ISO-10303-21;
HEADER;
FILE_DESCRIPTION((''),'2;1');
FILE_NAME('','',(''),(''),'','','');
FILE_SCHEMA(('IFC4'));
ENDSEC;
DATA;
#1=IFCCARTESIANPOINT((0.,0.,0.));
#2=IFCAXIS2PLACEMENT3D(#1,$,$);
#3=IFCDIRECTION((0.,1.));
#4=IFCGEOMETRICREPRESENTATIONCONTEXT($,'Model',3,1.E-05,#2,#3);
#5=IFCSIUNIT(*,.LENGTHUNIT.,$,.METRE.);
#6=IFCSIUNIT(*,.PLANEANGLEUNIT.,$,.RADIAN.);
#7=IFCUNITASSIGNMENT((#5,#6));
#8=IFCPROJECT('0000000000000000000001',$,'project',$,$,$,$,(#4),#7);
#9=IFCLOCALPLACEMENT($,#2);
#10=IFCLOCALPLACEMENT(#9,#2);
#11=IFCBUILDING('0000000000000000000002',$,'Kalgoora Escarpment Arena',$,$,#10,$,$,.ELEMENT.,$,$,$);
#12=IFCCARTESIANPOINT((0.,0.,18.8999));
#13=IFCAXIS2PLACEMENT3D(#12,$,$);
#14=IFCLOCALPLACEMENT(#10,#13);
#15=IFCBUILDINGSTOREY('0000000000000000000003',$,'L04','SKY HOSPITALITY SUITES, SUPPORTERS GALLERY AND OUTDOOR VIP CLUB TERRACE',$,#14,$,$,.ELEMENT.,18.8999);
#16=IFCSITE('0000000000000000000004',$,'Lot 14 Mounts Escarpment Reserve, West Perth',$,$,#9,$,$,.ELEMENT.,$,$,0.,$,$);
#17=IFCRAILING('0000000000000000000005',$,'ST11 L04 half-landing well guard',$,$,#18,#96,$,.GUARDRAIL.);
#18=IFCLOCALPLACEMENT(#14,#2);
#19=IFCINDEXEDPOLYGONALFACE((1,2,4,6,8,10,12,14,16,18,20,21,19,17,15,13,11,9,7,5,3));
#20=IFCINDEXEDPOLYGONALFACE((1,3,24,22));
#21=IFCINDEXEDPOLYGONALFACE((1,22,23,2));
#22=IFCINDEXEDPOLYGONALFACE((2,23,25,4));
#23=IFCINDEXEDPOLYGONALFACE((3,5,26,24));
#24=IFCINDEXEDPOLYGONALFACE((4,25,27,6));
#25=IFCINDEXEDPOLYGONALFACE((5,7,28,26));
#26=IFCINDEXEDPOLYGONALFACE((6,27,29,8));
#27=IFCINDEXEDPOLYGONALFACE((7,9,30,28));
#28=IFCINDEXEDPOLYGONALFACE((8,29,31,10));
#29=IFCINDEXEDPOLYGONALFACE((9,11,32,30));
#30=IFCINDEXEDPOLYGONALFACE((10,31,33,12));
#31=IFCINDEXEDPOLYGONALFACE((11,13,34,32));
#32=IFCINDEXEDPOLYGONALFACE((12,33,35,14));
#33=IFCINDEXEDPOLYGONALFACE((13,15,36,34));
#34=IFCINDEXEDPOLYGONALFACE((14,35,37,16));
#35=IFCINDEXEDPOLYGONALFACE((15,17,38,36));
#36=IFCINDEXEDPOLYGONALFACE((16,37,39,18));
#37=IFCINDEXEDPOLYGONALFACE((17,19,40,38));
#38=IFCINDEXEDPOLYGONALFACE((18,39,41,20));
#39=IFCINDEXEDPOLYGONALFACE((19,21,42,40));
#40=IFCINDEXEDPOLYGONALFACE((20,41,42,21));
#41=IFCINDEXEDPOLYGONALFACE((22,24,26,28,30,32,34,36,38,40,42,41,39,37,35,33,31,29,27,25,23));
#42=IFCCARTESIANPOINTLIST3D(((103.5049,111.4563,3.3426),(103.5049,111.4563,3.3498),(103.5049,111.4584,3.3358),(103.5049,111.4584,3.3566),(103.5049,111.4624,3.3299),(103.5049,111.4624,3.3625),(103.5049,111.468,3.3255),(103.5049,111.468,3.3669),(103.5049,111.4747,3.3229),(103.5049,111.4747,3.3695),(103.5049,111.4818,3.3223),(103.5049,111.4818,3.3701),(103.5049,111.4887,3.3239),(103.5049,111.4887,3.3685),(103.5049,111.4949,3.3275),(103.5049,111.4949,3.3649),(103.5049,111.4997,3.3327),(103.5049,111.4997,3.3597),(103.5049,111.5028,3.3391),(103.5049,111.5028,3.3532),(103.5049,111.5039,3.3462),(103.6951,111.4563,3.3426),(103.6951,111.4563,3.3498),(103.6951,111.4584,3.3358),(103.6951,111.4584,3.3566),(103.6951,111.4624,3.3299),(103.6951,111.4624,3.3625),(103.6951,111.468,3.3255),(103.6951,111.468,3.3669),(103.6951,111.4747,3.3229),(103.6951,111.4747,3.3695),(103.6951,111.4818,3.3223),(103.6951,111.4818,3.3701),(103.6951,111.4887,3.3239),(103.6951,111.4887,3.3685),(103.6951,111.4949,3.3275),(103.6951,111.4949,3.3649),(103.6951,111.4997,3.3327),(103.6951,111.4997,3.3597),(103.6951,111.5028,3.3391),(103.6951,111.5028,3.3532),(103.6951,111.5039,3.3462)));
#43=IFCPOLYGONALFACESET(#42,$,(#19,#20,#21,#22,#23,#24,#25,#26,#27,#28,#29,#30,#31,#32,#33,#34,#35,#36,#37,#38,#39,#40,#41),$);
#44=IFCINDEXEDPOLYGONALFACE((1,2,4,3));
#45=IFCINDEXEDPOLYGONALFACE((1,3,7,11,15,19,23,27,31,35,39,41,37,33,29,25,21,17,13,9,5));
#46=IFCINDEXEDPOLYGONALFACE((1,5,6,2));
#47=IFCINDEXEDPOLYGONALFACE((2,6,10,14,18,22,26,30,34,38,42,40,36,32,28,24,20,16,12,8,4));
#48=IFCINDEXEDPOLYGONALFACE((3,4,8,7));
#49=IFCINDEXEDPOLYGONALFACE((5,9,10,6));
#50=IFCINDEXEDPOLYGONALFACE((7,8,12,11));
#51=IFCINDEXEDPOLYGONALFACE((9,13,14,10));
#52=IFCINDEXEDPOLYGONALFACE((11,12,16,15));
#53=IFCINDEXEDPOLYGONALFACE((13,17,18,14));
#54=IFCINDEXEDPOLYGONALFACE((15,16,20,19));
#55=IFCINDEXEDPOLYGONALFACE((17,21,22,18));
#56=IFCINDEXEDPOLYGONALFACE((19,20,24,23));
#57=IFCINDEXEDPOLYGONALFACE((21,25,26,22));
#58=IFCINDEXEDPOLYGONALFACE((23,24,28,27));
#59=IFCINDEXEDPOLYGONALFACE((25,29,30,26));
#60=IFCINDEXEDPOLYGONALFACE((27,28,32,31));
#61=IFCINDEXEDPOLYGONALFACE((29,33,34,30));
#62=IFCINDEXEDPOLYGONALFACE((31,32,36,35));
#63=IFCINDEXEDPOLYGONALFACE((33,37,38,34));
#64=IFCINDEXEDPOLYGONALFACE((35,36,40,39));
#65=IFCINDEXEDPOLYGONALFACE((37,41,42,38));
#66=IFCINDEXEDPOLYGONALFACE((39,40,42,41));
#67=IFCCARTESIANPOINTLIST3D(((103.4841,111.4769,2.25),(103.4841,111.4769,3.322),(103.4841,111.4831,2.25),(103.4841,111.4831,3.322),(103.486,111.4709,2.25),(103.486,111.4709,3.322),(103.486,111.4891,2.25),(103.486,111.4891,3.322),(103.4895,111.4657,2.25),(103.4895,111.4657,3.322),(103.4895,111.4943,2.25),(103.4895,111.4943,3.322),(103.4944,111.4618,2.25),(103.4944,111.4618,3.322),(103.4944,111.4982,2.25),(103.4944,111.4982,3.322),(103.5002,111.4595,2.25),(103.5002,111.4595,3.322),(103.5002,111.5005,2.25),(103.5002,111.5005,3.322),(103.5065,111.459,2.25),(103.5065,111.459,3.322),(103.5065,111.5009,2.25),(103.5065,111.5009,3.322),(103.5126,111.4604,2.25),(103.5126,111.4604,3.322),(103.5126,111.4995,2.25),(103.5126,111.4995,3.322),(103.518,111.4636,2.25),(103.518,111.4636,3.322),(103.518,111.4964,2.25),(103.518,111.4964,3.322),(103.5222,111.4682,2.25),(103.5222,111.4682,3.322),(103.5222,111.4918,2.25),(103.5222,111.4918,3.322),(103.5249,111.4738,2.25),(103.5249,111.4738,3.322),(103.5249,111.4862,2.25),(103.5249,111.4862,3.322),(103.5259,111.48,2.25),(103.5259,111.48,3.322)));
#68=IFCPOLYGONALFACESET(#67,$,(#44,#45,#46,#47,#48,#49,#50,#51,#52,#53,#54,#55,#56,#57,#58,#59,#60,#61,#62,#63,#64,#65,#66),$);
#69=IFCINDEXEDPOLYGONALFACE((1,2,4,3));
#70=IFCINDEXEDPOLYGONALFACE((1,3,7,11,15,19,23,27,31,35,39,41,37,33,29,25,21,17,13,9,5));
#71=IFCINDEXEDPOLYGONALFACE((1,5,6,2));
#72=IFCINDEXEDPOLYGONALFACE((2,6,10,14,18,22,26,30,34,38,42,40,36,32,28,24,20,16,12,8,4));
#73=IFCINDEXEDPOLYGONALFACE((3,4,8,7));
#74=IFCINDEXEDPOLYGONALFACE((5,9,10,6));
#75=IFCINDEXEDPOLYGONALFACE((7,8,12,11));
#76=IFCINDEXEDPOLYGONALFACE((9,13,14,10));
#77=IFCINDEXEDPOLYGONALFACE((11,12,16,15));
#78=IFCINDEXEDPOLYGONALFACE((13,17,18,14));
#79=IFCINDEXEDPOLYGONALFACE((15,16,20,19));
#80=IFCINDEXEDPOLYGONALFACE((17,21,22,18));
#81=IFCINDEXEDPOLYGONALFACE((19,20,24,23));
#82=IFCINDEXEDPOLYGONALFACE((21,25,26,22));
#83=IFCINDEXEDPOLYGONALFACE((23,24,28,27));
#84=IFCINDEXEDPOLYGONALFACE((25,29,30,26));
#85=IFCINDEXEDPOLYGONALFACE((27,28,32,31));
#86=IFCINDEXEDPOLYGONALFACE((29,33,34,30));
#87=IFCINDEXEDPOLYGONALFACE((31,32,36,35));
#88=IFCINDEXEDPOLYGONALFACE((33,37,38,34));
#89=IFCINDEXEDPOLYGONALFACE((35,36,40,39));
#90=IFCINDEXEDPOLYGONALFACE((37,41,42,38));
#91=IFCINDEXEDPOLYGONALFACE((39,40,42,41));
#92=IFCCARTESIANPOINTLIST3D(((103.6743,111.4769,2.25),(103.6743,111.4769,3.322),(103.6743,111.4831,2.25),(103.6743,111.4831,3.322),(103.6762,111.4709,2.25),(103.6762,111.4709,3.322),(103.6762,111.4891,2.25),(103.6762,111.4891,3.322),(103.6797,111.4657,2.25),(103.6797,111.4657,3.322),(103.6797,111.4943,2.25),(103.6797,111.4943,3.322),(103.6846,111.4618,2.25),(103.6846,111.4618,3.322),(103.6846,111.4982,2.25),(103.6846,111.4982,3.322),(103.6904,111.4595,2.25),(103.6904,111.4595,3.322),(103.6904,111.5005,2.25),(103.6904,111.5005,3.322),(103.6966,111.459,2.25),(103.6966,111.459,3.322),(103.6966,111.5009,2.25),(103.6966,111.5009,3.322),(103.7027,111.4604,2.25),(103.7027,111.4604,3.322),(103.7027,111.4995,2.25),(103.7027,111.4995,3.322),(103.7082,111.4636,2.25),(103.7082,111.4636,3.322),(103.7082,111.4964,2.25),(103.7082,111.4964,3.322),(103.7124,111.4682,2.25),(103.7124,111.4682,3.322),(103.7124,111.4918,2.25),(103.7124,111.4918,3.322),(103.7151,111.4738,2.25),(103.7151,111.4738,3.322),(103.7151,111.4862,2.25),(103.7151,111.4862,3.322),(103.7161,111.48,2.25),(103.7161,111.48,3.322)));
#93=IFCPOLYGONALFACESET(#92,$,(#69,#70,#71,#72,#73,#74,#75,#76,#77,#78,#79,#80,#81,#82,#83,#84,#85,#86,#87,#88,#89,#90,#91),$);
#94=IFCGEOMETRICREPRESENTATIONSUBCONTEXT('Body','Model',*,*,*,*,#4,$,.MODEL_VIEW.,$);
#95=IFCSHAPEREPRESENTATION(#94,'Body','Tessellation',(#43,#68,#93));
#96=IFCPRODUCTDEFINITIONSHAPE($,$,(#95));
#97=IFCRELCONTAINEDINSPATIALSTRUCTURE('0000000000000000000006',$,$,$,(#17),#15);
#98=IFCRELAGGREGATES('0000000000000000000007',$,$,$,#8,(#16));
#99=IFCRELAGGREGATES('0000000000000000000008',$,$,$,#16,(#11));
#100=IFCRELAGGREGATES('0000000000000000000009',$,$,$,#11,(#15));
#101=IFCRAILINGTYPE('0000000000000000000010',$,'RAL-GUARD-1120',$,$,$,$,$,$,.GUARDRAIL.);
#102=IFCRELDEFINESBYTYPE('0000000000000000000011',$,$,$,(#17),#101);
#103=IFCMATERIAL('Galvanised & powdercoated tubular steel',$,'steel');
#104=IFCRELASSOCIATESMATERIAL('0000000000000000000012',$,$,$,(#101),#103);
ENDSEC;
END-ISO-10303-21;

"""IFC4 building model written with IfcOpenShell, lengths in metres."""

from ifc_helpers import new_model, si_unit, direction, frame, origin, origin_2d, place, context, subcontext, project, spatial, circle, extrude, material, type_object, element, save


model = new_model("IFC4")

# Units and contexts
model_context = context("Model", 3, precision=1e-05, world=origin(), true_north=direction((0.0, 1.0)))
body_context = subcontext(model_context, "Body", "Model", "MODEL_VIEW")
ifc_project = project(units=[si_unit("LENGTHUNIT", "METRE"), si_unit("PLANEANGLEUNIT", "RADIAN")], contexts=[model_context])

# Site, building, storey
site_placement = place(None, origin())
site = spatial("IfcSite", under=ifc_project, at=site_placement, Name="Lot 14 Mounts Escarpment Reserve, West Perth", CompositionType="ELEMENT", RefElevation=0.0)
building_placement = place(site_placement, origin())
building = spatial("IfcBuilding", under=site, at=building_placement, Name="Kalgoora Escarpment Arena", CompositionType="ELEMENT")
storey_placement = place(building_placement, frame((0.0, 0.0, 18.8999)))
storey = spatial("IfcBuildingStorey", under=building, at=storey_placement, Name="L04", Description="SKY HOSPITALITY SUITES, SUPPORTERS GALLERY AND OUTDOOR VIP CLUB TERRACE", CompositionType="ELEMENT", Elevation=18.8999)

# Railing
ifc_material_1 = material(Name="Galvanised & powdercoated tubular steel", Category="steel")
railing_type = type_object("IfcRailingType", Name="RAL-GUARD-1120", PredefinedType="GUARDRAIL", material=ifc_material_1)
railing_placement = place(storey_placement, frame((103.5049, 111.48, 2.25)))
element("IfcRailing", 1, at=railing_placement, inside=storey, type_object=railing_type, Name="ST11 L04 half-landing well guard", PredefinedType="GUARDRAIL", context=body_context, shape_type="SweptSolid", body=[
    extrude(circle(Radius=0.0239, at=origin_2d()), frame((0.0, 0.0, 1.0962), z_axis=(1.0, 0.0, 0.0), x_axis=(0.0, 1.0, 0.0)), (0.0, 0.0, 1.0), 0.1902),
    extrude(circle(Radius=0.021, at=origin_2d()), origin(), (0.0, 0.0, 1.0), 1.072),
    extrude(circle(Radius=0.021, at=origin_2d()), frame((0.1902, 0.0, 0.0)), (0.0, 0.0, 1.0), 1.072),
])

save(model, "model.ifc")
